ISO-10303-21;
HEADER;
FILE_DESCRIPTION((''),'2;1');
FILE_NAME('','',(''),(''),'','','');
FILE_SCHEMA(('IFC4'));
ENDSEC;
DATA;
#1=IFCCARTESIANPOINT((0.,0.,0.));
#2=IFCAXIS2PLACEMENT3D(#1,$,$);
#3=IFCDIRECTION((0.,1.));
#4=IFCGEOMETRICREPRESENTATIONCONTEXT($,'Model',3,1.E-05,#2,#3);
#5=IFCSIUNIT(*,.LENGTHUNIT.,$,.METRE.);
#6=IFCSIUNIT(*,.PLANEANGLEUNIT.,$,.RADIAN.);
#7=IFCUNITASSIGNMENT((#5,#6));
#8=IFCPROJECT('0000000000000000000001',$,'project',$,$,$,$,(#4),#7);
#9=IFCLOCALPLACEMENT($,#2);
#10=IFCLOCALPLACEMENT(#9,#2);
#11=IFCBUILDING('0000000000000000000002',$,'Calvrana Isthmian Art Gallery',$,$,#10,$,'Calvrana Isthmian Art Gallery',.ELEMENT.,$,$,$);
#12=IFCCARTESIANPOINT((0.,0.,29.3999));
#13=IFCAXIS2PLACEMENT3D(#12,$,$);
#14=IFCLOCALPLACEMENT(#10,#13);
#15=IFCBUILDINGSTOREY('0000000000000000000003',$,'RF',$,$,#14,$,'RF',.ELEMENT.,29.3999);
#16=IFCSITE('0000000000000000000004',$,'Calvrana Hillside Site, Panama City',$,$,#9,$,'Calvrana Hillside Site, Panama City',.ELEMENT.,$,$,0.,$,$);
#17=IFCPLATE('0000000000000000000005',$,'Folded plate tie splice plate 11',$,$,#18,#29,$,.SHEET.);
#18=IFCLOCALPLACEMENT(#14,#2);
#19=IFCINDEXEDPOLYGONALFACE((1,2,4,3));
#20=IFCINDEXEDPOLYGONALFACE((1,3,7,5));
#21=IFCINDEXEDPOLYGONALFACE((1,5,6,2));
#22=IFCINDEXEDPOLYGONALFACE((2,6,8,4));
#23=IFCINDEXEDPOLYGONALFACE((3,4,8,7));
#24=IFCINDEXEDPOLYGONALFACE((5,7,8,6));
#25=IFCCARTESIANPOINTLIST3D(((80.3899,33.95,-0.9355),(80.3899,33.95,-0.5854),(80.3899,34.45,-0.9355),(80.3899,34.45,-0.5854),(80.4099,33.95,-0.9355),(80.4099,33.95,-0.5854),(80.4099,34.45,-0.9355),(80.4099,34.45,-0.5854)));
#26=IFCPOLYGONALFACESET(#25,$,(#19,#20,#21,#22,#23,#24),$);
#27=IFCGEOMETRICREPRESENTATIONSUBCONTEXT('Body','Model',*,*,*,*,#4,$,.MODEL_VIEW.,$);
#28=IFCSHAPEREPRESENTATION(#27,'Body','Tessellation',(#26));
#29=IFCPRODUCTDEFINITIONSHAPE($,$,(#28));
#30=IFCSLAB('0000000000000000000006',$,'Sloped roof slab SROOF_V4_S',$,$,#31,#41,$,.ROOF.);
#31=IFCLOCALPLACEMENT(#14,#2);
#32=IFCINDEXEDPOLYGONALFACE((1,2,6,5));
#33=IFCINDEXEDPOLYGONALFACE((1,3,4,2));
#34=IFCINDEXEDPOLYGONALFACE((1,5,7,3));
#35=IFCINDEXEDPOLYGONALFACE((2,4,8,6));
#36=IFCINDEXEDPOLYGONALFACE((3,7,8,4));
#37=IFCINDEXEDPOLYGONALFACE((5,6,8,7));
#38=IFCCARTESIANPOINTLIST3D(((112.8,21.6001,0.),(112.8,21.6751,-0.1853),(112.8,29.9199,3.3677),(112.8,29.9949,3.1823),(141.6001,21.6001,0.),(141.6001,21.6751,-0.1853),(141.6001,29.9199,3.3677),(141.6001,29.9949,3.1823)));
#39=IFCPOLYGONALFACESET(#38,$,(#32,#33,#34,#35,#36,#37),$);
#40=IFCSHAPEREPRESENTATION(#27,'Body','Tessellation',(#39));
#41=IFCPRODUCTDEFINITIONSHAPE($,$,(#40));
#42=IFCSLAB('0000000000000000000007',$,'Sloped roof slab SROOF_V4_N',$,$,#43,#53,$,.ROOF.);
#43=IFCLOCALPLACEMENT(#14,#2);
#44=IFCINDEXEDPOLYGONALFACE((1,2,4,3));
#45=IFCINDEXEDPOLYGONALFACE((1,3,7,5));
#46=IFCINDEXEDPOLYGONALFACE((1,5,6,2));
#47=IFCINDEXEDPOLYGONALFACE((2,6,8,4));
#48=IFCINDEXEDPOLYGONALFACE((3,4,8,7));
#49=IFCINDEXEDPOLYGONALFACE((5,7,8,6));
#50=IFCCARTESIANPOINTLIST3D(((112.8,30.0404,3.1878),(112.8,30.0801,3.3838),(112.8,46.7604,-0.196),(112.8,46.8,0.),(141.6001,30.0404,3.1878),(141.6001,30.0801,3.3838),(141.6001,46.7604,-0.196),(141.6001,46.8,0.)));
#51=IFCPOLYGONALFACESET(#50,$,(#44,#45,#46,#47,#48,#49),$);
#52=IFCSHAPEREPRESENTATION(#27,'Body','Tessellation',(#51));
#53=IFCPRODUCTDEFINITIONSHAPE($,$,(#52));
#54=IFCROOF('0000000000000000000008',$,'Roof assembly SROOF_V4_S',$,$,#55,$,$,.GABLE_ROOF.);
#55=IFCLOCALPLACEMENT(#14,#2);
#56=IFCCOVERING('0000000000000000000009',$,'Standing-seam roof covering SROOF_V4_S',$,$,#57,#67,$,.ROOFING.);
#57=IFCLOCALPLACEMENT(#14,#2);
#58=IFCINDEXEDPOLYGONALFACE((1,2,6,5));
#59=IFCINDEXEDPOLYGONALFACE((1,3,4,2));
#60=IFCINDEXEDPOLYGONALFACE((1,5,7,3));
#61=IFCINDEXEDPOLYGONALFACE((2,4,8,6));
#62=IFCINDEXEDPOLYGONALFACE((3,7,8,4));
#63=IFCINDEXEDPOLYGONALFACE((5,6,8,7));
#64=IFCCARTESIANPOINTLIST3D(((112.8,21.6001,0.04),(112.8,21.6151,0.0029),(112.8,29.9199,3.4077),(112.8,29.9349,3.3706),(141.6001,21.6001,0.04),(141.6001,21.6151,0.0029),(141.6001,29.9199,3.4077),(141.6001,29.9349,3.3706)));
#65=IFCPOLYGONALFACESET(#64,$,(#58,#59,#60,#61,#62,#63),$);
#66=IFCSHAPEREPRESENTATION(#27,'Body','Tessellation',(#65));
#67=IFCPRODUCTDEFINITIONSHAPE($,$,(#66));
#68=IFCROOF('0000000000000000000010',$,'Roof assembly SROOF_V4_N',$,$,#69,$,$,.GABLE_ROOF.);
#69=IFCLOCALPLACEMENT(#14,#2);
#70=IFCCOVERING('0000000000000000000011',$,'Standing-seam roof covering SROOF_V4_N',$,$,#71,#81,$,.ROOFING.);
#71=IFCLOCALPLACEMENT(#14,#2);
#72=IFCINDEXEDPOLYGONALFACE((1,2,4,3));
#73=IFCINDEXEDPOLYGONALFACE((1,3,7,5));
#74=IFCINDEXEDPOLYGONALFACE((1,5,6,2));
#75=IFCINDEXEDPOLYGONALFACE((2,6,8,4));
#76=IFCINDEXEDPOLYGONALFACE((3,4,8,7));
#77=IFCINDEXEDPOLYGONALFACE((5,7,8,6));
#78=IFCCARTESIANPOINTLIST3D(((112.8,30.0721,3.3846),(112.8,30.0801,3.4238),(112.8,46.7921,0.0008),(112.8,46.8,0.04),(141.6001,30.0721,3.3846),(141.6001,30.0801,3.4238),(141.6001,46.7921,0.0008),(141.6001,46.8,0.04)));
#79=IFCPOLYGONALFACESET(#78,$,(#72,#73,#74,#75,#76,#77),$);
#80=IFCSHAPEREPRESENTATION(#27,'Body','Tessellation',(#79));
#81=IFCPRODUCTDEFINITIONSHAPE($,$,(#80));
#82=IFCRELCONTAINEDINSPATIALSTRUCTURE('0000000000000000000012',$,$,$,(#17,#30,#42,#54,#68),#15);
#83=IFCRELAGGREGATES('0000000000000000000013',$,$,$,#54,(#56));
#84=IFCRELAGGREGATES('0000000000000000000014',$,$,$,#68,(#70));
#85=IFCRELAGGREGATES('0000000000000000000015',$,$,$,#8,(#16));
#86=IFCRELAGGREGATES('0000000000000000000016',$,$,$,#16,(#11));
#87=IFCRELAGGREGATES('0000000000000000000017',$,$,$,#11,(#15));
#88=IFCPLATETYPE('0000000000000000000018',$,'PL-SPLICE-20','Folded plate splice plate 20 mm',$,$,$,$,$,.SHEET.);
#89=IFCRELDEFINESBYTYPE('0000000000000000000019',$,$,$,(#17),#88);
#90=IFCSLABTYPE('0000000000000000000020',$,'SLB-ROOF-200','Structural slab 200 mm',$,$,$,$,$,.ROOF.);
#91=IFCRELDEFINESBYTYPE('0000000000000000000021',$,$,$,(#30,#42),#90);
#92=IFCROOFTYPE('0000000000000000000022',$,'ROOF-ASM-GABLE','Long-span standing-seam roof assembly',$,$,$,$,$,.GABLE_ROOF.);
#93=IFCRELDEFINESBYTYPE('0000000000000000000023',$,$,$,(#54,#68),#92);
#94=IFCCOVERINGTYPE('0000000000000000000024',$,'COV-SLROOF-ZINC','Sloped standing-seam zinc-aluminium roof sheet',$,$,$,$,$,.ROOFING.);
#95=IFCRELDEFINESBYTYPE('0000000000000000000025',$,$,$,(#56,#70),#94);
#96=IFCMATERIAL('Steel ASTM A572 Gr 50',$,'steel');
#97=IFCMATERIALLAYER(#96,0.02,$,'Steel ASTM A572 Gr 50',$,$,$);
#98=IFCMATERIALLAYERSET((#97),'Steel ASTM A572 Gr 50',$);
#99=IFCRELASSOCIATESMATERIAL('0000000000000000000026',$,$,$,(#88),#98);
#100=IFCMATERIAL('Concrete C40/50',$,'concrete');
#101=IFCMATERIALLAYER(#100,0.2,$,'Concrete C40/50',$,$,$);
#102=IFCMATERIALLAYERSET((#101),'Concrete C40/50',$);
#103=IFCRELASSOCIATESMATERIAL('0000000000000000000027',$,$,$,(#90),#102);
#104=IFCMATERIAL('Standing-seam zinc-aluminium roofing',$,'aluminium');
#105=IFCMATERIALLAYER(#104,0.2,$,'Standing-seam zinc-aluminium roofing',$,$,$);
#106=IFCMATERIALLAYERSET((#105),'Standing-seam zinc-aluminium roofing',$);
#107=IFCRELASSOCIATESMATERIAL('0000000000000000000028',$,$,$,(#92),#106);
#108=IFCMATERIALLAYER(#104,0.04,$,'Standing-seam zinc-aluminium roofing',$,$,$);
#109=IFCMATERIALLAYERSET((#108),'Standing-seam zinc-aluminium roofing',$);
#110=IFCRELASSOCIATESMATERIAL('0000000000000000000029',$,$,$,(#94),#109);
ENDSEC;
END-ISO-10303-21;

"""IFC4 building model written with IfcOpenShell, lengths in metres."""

from ifc_helpers import new_model, si_unit, direction, frame, origin, origin_2d, place, context, subcontext, project, spatial, polyline, rectangle, outline, extrude, material, layer, layer_set, type_object, element, aggregate, save


model = new_model("IFC4")

# Units and contexts
model_context = context("Model", 3, precision=1e-05, world=origin(), true_north=direction((0.0, 1.0)))
body_context = subcontext(model_context, "Body", "Model", "MODEL_VIEW")
ifc_project = project(units=[si_unit("LENGTHUNIT", "METRE"), si_unit("PLANEANGLEUNIT", "RADIAN")], contexts=[model_context])

# Site, building, storey
site_placement = place(None, origin())
site = spatial("IfcSite", under=ifc_project, at=site_placement, Name="Calvrana Hillside Site, Panama City", LongName="Calvrana Hillside Site, Panama City", CompositionType="ELEMENT", RefElevation=0.0)
building_placement = place(site_placement, origin())
building = spatial("IfcBuilding", under=site, at=building_placement, Name="Calvrana Isthmian Art Gallery", LongName="Calvrana Isthmian Art Gallery", CompositionType="ELEMENT")
storey_placement = place(building_placement, frame((0.0, 0.0, 29.3999)))
storey = spatial("IfcBuildingStorey", under=building, at=storey_placement, Name="RF", LongName="RF", CompositionType="ELEMENT", Elevation=29.3999)

# Plate
ifc_material_1 = material(Name="Steel ASTM A572 Gr 50", Category="steel")
ifc_layer_1 = layer(ifc_material_1, 0.02, Name="Steel ASTM A572 Gr 50")
ifc_layer_set_1 = layer_set([ifc_layer_1], Name="Steel ASTM A572 Gr 50")
plate_type_1 = type_object("IfcPlateType", Name="PL-SPLICE-20", Description="Folded plate splice plate 20 mm", PredefinedType="SHEET", material=ifc_layer_set_1)
plate_1_placement = place(storey_placement, frame((80.3999, 34.2, -0.9355), z_axis=(0.0, 0.0, 1.0), x_axis=(1.0, 0.0, 0.0)))
element("IfcPlate", 1, at=plate_1_placement, inside=storey, type_object=plate_type_1, Name="Folded plate tie splice plate 11", PredefinedType="SHEET", context=body_context, shape_type="SweptSolid", body=[
    extrude(rectangle(XDim=0.02, YDim=0.5, at=origin_2d()), origin(), (0.0, 0.0, 1.0), 0.3501),
])

# Slabs
ifc_material_2 = material(Name="Concrete C40/50", Category="concrete")
ifc_layer_2 = layer(ifc_material_2, 0.2, Name="Concrete C40/50")
ifc_layer_set_2 = layer_set([ifc_layer_2], Name="Concrete C40/50")
slab_type = type_object("IfcSlabType", Name="SLB-ROOF-200", Description="Structural slab 200 mm", PredefinedType="ROOF", material=ifc_layer_set_2)
slab_1_placement = place(storey_placement, frame((112.8, 21.6001, 0.0), z_axis=(0.0, -0.375205, 0.926942), x_axis=(1.0, 0.0, 0.0)))
element("IfcSlab", 2, at=slab_1_placement, inside=storey, type_object=slab_type, Name="Sloped roof slab SROOF_V4_S", PredefinedType="ROOF", context=body_context, shape_type="SweptSolid", body=[
    extrude(outline(polyline([(0.0, 0.0), (28.8, 0.0), (28.8, 8.9756), (0.0, 8.9756), (0.0, 0.0)])), origin(), (0.0, 0.0, -1.0), 0.2),
])
slab_2_placement = place(storey_placement, frame((112.8, 30.0801, 3.3838), z_axis=(0.0, 0.198359, 0.980129), x_axis=(1.0, 0.0, 0.0)))
element("IfcSlab", 3, at=slab_2_placement, inside=storey, type_object=slab_type, Name="Sloped roof slab SROOF_V4_N", PredefinedType="ROOF", context=body_context, shape_type="SweptSolid", body=[
    extrude(outline(polyline([(0.0, 0.0), (28.8, 0.0), (28.8, 17.0589), (0.0, 17.0589), (0.0, 0.0)])), origin(), (0.0, 0.0, -1.0), 0.2),
])

# Roofs, coverings
ifc_material_3 = material(Name="Standing-seam zinc-aluminium roofing", Category="aluminium")
ifc_layer_3 = layer(ifc_material_3, 0.2, Name="Standing-seam zinc-aluminium roofing")
ifc_layer_set_3 = layer_set([ifc_layer_3], Name="Standing-seam zinc-aluminium roofing")
roof_type = type_object("IfcRoofType", Name="ROOF-ASM-GABLE", Description="Long-span standing-seam roof assembly", PredefinedType="GABLE_ROOF", material=ifc_layer_set_3)
roof_1_placement = place(storey_placement, origin())
roof_1 = element("IfcRoof", 4, at=roof_1_placement, inside=storey, type_object=roof_type, Name="Roof assembly SROOF_V4_S", PredefinedType="GABLE_ROOF")
ifc_layer_4 = layer(ifc_material_3, 0.04, Name="Standing-seam zinc-aluminium roofing")
ifc_layer_set_4 = layer_set([ifc_layer_4], Name="Standing-seam zinc-aluminium roofing")
covering_type = type_object("IfcCoveringType", Name="COV-SLROOF-ZINC", Description="Sloped standing-seam zinc-aluminium roof sheet", PredefinedType="ROOFING", material=ifc_layer_set_4)
covering_1_placement = place(storey_placement, frame((112.8, 21.6001, 0.04), z_axis=(0.0, -0.375205, 0.926942), x_axis=(1.0, 0.0, 0.0)))
covering_1 = element("IfcCovering", 5, at=covering_1_placement, type_object=covering_type, Name="Standing-seam roof covering SROOF_V4_S", PredefinedType="ROOFING", context=body_context, shape_type="SweptSolid", body=[
    extrude(outline(polyline([(0.0, 0.0), (28.8, 0.0), (28.8, 8.9756), (0.0, 8.9756), (0.0, 0.0)])), origin(), (0.0, 0.0, -1.0), 0.04),
])
aggregate(roof_1, [covering_1])
roof_2_placement = place(storey_placement, origin())
roof_2 = element("IfcRoof", 6, at=roof_2_placement, inside=storey, type_object=roof_type, Name="Roof assembly SROOF_V4_N", PredefinedType="GABLE_ROOF")
covering_2_placement = place(storey_placement, frame((112.8, 30.0801, 3.4238), z_axis=(0.0, 0.198359, 0.980129), x_axis=(1.0, 0.0, 0.0)))
covering_2 = element("IfcCovering", 7, at=covering_2_placement, type_object=covering_type, Name="Standing-seam roof covering SROOF_V4_N", PredefinedType="ROOFING", context=body_context, shape_type="SweptSolid", body=[
    extrude(outline(polyline([(0.0, 0.0), (28.8, 0.0), (28.8, 17.0589), (0.0, 17.0589), (0.0, 0.0)])), origin(), (0.0, 0.0, -1.0), 0.04),
])
aggregate(roof_2, [covering_2])

save(model, "model.ifc")
